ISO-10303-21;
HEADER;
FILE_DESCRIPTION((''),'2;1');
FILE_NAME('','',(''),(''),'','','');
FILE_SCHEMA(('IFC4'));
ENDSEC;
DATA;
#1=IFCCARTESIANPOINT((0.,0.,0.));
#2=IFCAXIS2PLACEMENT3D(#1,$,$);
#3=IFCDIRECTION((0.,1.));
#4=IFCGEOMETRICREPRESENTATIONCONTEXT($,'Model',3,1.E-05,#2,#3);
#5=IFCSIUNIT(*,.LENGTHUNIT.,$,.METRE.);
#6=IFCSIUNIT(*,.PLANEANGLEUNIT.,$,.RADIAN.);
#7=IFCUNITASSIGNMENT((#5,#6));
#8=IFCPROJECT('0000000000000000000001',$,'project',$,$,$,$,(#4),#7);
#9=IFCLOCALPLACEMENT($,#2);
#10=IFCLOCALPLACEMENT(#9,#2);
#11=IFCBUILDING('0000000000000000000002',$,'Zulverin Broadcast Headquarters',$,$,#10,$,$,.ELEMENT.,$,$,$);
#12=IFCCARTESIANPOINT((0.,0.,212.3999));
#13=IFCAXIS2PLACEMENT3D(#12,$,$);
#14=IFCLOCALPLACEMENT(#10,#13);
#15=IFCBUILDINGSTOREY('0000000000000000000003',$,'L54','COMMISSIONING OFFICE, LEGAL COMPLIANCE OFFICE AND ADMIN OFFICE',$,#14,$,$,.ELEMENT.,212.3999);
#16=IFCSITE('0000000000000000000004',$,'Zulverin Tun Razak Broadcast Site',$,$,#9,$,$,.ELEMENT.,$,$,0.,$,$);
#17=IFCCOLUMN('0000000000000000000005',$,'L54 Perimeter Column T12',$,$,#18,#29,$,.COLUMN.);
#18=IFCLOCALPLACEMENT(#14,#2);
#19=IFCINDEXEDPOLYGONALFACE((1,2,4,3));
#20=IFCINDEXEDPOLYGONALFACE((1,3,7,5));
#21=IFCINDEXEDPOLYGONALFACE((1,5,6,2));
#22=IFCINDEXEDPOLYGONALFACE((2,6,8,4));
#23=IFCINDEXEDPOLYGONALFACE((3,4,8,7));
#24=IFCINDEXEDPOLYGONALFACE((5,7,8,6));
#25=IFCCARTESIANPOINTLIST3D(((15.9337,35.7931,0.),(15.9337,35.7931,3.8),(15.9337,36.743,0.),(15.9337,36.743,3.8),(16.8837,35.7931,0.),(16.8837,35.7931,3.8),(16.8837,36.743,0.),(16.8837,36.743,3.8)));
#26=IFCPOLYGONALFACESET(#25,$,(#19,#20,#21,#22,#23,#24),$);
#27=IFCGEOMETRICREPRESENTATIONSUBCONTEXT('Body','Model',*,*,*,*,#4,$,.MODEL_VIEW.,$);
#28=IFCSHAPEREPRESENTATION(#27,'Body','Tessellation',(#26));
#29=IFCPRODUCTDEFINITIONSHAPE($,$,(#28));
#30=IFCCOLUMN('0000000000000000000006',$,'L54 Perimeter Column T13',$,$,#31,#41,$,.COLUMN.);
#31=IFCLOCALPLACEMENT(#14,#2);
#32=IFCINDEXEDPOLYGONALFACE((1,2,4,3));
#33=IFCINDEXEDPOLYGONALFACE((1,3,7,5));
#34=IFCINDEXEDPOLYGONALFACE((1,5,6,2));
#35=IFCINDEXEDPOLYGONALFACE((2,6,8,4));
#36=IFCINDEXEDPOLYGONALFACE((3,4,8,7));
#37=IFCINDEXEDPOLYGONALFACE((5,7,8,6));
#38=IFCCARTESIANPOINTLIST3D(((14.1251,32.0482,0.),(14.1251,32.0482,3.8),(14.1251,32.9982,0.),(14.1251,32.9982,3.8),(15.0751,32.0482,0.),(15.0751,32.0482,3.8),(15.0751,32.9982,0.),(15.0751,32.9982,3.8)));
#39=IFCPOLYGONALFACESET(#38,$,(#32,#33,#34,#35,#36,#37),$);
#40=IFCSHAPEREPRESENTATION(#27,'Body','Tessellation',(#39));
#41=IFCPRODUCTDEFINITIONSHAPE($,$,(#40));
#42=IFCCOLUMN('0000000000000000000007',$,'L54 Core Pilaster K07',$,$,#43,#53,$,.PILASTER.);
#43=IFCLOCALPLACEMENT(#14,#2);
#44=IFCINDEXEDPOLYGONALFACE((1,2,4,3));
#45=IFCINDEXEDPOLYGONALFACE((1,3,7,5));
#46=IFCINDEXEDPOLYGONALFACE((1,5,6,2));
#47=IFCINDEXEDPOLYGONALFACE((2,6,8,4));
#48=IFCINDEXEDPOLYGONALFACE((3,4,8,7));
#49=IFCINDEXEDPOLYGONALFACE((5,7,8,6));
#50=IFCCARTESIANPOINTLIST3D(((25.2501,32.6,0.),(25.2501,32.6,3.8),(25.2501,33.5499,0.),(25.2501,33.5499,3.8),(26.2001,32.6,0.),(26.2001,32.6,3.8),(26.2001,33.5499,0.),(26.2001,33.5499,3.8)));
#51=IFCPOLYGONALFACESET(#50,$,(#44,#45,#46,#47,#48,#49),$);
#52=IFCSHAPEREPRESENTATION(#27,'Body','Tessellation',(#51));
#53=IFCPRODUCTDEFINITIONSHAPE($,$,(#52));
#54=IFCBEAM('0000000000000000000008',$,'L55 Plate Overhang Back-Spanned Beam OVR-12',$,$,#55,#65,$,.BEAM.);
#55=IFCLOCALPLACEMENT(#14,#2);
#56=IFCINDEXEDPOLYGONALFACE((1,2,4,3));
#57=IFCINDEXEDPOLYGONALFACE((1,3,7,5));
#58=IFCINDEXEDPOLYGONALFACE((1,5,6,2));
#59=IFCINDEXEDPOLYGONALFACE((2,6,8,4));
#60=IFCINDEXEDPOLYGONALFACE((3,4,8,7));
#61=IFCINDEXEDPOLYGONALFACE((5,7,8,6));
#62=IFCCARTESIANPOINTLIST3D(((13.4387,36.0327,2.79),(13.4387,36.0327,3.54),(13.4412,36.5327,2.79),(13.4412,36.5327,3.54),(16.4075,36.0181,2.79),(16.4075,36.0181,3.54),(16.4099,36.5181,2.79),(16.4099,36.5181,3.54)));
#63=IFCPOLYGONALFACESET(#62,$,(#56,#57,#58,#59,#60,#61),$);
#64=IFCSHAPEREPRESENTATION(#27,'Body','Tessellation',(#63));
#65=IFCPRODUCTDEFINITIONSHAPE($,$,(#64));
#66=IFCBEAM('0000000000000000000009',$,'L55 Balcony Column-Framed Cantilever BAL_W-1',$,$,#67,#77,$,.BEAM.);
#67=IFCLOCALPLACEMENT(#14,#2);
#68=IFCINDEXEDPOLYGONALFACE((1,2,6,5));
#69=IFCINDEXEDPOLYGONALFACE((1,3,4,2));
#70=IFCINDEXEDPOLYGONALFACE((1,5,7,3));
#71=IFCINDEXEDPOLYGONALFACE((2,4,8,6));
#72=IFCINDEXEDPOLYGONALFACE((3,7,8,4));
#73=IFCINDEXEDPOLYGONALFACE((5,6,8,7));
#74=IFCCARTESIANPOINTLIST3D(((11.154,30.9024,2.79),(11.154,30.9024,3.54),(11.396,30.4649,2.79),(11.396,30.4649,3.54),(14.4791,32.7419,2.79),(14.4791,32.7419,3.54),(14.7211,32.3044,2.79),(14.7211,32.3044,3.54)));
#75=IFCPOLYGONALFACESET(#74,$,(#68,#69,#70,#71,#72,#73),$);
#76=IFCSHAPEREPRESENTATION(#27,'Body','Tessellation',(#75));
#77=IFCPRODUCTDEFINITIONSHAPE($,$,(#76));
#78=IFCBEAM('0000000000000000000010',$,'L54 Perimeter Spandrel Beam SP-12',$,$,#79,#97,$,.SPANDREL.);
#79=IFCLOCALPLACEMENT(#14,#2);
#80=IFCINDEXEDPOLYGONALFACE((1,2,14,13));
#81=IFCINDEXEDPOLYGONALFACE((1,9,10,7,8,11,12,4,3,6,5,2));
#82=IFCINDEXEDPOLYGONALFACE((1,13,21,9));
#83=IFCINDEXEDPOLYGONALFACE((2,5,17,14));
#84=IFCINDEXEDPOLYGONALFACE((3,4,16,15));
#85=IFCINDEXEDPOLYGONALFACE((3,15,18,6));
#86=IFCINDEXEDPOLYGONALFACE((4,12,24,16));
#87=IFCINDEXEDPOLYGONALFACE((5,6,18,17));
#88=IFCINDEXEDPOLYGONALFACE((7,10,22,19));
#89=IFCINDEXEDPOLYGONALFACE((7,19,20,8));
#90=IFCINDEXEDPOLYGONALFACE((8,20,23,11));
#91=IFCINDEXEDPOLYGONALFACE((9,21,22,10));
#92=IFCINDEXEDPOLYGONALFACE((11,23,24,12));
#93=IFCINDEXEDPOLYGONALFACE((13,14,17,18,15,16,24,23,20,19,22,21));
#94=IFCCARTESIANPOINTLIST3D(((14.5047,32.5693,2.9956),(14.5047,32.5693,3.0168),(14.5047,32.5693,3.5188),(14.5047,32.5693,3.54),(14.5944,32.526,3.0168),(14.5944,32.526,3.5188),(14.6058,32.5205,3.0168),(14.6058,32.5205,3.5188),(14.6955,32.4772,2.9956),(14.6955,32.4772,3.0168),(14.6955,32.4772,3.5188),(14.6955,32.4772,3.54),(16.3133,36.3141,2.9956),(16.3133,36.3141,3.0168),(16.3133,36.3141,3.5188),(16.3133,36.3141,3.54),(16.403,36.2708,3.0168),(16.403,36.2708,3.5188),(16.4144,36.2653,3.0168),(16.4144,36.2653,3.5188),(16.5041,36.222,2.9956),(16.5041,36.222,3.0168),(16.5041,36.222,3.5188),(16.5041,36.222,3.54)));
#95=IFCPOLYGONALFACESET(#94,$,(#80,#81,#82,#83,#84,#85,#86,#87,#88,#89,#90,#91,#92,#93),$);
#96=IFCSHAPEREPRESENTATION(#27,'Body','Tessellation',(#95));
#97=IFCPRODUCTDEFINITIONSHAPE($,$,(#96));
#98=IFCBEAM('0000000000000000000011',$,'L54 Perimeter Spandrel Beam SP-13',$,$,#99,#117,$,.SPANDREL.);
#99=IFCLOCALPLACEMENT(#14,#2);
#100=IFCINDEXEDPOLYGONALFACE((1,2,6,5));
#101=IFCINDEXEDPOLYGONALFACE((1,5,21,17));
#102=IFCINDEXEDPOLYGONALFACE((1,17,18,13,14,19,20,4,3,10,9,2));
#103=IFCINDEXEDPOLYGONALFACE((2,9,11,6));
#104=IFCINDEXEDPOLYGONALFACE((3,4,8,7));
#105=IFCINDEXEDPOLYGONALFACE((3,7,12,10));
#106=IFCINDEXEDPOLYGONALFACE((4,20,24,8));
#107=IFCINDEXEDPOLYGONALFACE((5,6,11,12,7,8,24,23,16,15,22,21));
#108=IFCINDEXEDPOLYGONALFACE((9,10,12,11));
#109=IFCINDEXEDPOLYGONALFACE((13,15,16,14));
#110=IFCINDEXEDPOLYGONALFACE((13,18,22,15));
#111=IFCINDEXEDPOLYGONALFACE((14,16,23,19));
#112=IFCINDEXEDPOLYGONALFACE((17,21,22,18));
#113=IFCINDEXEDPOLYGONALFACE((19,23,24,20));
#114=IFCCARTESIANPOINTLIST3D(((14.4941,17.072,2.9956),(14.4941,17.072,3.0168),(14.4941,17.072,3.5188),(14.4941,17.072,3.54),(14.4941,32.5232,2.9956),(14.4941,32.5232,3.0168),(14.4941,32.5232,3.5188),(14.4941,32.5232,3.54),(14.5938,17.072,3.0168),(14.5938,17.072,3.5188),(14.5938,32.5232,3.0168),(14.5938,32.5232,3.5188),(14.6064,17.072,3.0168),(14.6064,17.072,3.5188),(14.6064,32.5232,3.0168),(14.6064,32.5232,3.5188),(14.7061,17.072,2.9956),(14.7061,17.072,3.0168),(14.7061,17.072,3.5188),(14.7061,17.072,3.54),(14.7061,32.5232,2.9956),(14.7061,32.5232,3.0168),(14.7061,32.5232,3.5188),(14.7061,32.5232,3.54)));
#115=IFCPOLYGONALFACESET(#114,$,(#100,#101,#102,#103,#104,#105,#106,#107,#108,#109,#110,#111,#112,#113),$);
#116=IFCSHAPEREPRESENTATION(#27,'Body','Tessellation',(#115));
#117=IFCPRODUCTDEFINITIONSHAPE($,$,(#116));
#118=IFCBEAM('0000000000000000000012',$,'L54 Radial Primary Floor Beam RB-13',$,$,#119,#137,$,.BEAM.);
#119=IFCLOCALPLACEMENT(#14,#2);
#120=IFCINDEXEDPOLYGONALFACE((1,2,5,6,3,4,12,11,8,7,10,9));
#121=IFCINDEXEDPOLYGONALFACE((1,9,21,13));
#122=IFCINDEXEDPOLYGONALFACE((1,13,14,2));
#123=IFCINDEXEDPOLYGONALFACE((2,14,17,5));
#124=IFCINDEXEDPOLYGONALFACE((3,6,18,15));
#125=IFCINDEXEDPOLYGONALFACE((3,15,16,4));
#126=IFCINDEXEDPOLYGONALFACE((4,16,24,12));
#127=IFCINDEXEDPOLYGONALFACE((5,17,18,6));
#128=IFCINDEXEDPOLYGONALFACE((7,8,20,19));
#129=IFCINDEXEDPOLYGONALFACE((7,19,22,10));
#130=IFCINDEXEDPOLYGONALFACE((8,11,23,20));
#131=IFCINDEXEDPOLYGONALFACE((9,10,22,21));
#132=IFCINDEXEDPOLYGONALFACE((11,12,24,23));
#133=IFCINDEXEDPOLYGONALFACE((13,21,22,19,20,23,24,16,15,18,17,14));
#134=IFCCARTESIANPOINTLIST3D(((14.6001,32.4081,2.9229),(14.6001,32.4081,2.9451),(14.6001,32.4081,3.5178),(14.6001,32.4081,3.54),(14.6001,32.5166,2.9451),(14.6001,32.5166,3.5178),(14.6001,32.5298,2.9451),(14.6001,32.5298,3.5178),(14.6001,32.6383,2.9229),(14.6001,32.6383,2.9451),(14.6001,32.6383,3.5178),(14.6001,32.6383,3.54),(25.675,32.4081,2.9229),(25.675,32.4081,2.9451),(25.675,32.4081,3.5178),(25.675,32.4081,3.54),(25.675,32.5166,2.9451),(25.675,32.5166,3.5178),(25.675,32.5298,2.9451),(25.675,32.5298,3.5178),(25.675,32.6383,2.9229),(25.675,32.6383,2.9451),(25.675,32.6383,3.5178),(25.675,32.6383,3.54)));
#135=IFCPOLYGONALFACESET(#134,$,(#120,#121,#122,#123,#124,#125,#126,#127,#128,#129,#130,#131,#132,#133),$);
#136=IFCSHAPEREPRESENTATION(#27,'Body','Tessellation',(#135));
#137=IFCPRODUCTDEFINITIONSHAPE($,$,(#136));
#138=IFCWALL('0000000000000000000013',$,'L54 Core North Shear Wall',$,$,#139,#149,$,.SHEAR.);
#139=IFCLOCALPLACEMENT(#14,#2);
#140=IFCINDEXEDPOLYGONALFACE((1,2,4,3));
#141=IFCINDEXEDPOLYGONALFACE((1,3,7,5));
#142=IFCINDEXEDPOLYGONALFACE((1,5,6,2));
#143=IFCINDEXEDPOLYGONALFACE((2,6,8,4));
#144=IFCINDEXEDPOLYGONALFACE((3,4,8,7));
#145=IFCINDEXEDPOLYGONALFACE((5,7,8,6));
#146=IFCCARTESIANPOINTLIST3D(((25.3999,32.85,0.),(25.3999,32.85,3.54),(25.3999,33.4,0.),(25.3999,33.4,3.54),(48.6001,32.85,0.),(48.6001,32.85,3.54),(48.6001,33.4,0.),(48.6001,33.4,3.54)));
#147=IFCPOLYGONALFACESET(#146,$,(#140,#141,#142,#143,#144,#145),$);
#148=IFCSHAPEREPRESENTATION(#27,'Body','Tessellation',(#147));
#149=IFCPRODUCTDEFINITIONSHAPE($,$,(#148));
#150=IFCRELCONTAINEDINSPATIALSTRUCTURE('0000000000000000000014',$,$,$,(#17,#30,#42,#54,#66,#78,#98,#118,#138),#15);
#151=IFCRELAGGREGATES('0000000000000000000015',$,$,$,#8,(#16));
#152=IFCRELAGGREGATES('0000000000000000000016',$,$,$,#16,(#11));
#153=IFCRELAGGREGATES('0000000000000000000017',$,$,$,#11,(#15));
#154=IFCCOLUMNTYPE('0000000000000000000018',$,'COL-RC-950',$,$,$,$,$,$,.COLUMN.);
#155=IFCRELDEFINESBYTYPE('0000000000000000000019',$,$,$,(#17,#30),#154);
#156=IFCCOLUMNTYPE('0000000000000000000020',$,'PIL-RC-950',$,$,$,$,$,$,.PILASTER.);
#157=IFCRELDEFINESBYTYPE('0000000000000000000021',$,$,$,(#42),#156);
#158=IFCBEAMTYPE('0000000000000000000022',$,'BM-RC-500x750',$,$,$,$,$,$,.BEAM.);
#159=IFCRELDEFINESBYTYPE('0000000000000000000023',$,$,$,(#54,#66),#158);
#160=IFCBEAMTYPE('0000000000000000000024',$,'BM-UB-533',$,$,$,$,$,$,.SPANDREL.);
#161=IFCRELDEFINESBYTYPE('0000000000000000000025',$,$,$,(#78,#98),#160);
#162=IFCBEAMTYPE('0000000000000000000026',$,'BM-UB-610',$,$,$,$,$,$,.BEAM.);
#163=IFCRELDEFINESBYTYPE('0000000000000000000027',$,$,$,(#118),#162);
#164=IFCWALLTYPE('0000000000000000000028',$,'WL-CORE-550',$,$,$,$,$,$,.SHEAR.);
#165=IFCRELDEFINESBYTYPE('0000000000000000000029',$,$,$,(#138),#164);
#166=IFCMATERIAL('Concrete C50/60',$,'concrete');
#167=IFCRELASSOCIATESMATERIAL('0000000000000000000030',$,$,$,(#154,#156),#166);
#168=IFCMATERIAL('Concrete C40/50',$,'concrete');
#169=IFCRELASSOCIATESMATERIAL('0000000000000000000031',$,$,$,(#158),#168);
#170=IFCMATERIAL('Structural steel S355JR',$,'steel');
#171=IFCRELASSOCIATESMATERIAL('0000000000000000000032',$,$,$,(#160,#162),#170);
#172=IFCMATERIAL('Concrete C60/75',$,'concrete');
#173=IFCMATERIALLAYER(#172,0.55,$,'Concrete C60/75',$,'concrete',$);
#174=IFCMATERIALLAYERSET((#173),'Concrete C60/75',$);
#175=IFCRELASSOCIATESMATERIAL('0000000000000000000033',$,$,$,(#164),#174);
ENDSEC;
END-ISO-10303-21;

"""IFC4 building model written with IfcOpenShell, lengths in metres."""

from ifc_helpers import new_model, si_unit, direction, frame, frame_2d, origin, origin_2d, place, context, subcontext, project, spatial, rectangle, i_section, extrude, material, layer, layer_set, material_profile, profile_set, type_object, element, save


model = new_model("IFC4")

# Units and contexts
model_context = context("Model", 3, precision=1e-05, world=origin(), true_north=direction((0.0, 1.0)))
body_context = subcontext(model_context, "Body", "Model", "MODEL_VIEW")
ifc_project = project(units=[si_unit("LENGTHUNIT", "METRE"), si_unit("PLANEANGLEUNIT", "RADIAN")], contexts=[model_context])

# Site, building, storey
site_placement = place(None, origin())
site = spatial("IfcSite", under=ifc_project, at=site_placement, Name="Zulverin Tun Razak Broadcast Site", CompositionType="ELEMENT", RefElevation=0.0)
building_placement = place(site_placement, origin())
building = spatial("IfcBuilding", under=site, at=building_placement, Name="Zulverin Broadcast Headquarters", CompositionType="ELEMENT")
storey_placement = place(building_placement, frame((0.0, 0.0, 212.3999)))
storey = spatial("IfcBuildingStorey", under=building, at=storey_placement, Name="L54", Description="COMMISSIONING OFFICE, LEGAL COMPLIANCE OFFICE AND ADMIN OFFICE", CompositionType="ELEMENT", Elevation=212.3999)

# Columns
ifc_material_1 = material(Name="Concrete C50/60", Category="concrete")
ifc_material_profile_1 = material_profile(ifc_material_1, rectangle(XDim=0.95, YDim=0.95, at=origin_2d()), Name="Concrete C50/60", Category="concrete")
ifc_profile_set_1 = profile_set([ifc_material_profile_1], Name="Concrete C50/60")
column_type_1 = type_object("IfcColumnType", Name="COL-RC-950", PredefinedType="COLUMN", material=ifc_profile_set_1)
for number, where, z_axis, x_axis, name in (
    (1, (16.4087, 36.2681, 0.0), (0.0, 0.0, 1.0), (1.0, 0.0, 0.0), "L54 Perimeter Column T12"),
    (2, (14.6001, 32.5232, 0.0), (0.0, 0.0, 1.0), (1.0, 0.0, 0.0), "L54 Perimeter Column T13"),
):
    element("IfcColumn", number, at=place(storey_placement, frame(where, z_axis=z_axis, x_axis=x_axis)), inside=storey, type_object=column_type_1, Name=name, PredefinedType="COLUMN", context=body_context, shape_type="SweptSolid", body=[
        extrude(rectangle(XDim=0.95, YDim=0.95, at=origin_2d()), origin(), (0.0, 0.0, 1.0), 3.8),
    ])
ifc_material_profile_2 = material_profile(ifc_material_1, rectangle(XDim=0.95, YDim=0.95, at=origin_2d()), Name="Concrete C50/60", Category="concrete")
ifc_profile_set_2 = profile_set([ifc_material_profile_2], Name="Concrete C50/60")
column_type_2 = type_object("IfcColumnType", Name="PIL-RC-950", PredefinedType="PILASTER", material=ifc_profile_set_2)
column_placement = place(storey_placement, frame((25.7251, 33.075, 0.0), z_axis=(0.0, 0.0, 1.0), x_axis=(1.0, 0.0, 0.0)))
element("IfcColumn", 3, at=column_placement, inside=storey, type_object=column_type_2, Name="L54 Core Pilaster K07", PredefinedType="PILASTER", context=body_context, shape_type="SweptSolid", body=[
    extrude(rectangle(XDim=0.95, YDim=0.95, at=origin_2d()), origin(), (0.0, 0.0, 1.0), 3.8),
])

# Beams
ifc_material_2 = material(Name="Concrete C40/50", Category="concrete")
ifc_material_profile_3 = material_profile(ifc_material_2, rectangle(XDim=0.5, YDim=0.75, at=origin_2d()), Name="Concrete C40/50", Category="concrete")
ifc_profile_set_3 = profile_set([ifc_material_profile_3], Name="Concrete C40/50")
beam_type_1 = type_object("IfcBeamType", Name="BM-RC-500x750", PredefinedType="BEAM", material=ifc_profile_set_3)
beam_1_placement = place(storey_placement, frame((16.4087, 36.2681, 3.165), z_axis=(-0.999988, 0.004934, 0.0), x_axis=(-0.004934, -0.999988, 0.0)))
element("IfcBeam", 4, at=beam_1_placement, inside=storey, type_object=beam_type_1, Name="L55 Plate Overhang Back-Spanned Beam OVR-12", PredefinedType="BEAM", context=body_context, shape_type="SweptSolid", body=[
    extrude(rectangle(XDim=0.5, YDim=0.75, at=origin_2d()), origin(), (0.0, 0.0, 1.0), 2.9688),
])
beam_2_placement = place(storey_placement, frame((14.6001, 32.5232, 3.165), z_axis=(-0.87502, -0.484088, 0.0), x_axis=(0.484088, -0.87502, 0.0)))
element("IfcBeam", 5, at=beam_2_placement, inside=storey, type_object=beam_type_1, Name="L55 Balcony Column-Framed Cantilever BAL_W-1", PredefinedType="BEAM", context=body_context, shape_type="SweptSolid", body=[
    extrude(rectangle(XDim=0.5, YDim=0.75, at=origin_2d()), origin(), (0.0, 0.0, 1.0), 3.8),
])
ifc_material_3 = material(Name="Structural steel S355JR", Category="steel")
ifc_material_profile_4 = material_profile(ifc_material_3, i_section(OverallWidth=0.2119, OverallDepth=0.5444, WebThickness=0.0127, FlangeThickness=0.0212, at=origin_2d()), Name="Structural steel S355JR", Category="steel")
ifc_profile_set_4 = profile_set([ifc_material_profile_4], Name="Structural steel S355JR")
beam_type_2 = type_object("IfcBeamType", Name="BM-UB-533", PredefinedType="SPANDREL", material=ifc_profile_set_4)
beam_3_placement = place(storey_placement, frame((16.4087, 36.2681, 3.2678), z_axis=(-0.43489, -0.900483, 0.0), x_axis=(0.900483, -0.43489, 0.0)))
element("IfcBeam", 6, at=beam_3_placement, inside=storey, type_object=beam_type_2, Name="L54 Perimeter Spandrel Beam SP-12", PredefinedType="SPANDREL", context=body_context, shape_type="SweptSolid", body=[
    extrude(i_section(OverallWidth=0.2119, OverallDepth=0.5444, WebThickness=0.0127, FlangeThickness=0.0212, at=origin_2d()), origin(), (0.0, 0.0, 1.0), 4.1587),
])
beam_4_placement = place(storey_placement, frame((14.6001, 32.5232, 3.2678), z_axis=(0.0, -1.0, 0.0), x_axis=(1.0, 0.0, 0.0)))
element("IfcBeam", 7, at=beam_4_placement, inside=storey, type_object=beam_type_2, Name="L54 Perimeter Spandrel Beam SP-13", PredefinedType="SPANDREL", context=body_context, shape_type="SweptSolid", body=[
    extrude(i_section(OverallWidth=0.2119, OverallDepth=0.5444, WebThickness=0.0127, FlangeThickness=0.0212, at=origin_2d()), origin(), (0.0, 0.0, 1.0), 15.4512),
])
ifc_material_profile_5 = material_profile(ifc_material_3, i_section(OverallWidth=0.2302, OverallDepth=0.6172, WebThickness=0.0132, FlangeThickness=0.0222, at=origin_2d()), Name="Structural steel S355JR", Category="steel")
ifc_profile_set_5 = profile_set([ifc_material_profile_5], Name="Structural steel S355JR")
beam_type_3 = type_object("IfcBeamType", Name="BM-UB-610", PredefinedType="BEAM", material=ifc_profile_set_5)
beam_5_placement = place(storey_placement, frame((25.675, 32.5232, 3.2314), z_axis=(-1.0, 0.0, 0.0), x_axis=(0.0, -1.0, 0.0)))
element("IfcBeam", 8, at=beam_5_placement, inside=storey, type_object=beam_type_3, Name="L54 Radial Primary Floor Beam RB-13", PredefinedType="BEAM", context=body_context, shape_type="SweptSolid", body=[
    extrude(i_section(OverallWidth=0.2302, OverallDepth=0.6172, WebThickness=0.0132, FlangeThickness=0.0222, at=origin_2d()), origin(), (0.0, 0.0, 1.0), 11.075),
])

# Wall
ifc_material_4 = material(Name="Concrete C60/75", Category="concrete")
ifc_layer_1 = layer(ifc_material_4, 0.55, Name="Concrete C60/75", Category="concrete")
ifc_layer_set_1 = layer_set([ifc_layer_1], Name="Concrete C60/75")
wall_type_1 = type_object("IfcWallType", Name="WL-CORE-550", PredefinedType="SHEAR", material=ifc_layer_set_1)
wall_1_placement = place(storey_placement, frame((25.3999, 33.125, 0.0), z_axis=(0.0, 0.0, 1.0), x_axis=(1.0, 0.0, 0.0)))
element("IfcWall", 9, at=wall_1_placement, inside=storey, type_object=wall_type_1, Name="L54 Core North Shear Wall", PredefinedType="SHEAR", context=body_context, shape_type="SweptSolid", body=[
    extrude(rectangle(XDim=23.2002, YDim=0.55, at=frame_2d((11.6001, 0.0))), origin(), (0.0, 0.0, 1.0), 3.54),
])

save(model, "model.ifc")
